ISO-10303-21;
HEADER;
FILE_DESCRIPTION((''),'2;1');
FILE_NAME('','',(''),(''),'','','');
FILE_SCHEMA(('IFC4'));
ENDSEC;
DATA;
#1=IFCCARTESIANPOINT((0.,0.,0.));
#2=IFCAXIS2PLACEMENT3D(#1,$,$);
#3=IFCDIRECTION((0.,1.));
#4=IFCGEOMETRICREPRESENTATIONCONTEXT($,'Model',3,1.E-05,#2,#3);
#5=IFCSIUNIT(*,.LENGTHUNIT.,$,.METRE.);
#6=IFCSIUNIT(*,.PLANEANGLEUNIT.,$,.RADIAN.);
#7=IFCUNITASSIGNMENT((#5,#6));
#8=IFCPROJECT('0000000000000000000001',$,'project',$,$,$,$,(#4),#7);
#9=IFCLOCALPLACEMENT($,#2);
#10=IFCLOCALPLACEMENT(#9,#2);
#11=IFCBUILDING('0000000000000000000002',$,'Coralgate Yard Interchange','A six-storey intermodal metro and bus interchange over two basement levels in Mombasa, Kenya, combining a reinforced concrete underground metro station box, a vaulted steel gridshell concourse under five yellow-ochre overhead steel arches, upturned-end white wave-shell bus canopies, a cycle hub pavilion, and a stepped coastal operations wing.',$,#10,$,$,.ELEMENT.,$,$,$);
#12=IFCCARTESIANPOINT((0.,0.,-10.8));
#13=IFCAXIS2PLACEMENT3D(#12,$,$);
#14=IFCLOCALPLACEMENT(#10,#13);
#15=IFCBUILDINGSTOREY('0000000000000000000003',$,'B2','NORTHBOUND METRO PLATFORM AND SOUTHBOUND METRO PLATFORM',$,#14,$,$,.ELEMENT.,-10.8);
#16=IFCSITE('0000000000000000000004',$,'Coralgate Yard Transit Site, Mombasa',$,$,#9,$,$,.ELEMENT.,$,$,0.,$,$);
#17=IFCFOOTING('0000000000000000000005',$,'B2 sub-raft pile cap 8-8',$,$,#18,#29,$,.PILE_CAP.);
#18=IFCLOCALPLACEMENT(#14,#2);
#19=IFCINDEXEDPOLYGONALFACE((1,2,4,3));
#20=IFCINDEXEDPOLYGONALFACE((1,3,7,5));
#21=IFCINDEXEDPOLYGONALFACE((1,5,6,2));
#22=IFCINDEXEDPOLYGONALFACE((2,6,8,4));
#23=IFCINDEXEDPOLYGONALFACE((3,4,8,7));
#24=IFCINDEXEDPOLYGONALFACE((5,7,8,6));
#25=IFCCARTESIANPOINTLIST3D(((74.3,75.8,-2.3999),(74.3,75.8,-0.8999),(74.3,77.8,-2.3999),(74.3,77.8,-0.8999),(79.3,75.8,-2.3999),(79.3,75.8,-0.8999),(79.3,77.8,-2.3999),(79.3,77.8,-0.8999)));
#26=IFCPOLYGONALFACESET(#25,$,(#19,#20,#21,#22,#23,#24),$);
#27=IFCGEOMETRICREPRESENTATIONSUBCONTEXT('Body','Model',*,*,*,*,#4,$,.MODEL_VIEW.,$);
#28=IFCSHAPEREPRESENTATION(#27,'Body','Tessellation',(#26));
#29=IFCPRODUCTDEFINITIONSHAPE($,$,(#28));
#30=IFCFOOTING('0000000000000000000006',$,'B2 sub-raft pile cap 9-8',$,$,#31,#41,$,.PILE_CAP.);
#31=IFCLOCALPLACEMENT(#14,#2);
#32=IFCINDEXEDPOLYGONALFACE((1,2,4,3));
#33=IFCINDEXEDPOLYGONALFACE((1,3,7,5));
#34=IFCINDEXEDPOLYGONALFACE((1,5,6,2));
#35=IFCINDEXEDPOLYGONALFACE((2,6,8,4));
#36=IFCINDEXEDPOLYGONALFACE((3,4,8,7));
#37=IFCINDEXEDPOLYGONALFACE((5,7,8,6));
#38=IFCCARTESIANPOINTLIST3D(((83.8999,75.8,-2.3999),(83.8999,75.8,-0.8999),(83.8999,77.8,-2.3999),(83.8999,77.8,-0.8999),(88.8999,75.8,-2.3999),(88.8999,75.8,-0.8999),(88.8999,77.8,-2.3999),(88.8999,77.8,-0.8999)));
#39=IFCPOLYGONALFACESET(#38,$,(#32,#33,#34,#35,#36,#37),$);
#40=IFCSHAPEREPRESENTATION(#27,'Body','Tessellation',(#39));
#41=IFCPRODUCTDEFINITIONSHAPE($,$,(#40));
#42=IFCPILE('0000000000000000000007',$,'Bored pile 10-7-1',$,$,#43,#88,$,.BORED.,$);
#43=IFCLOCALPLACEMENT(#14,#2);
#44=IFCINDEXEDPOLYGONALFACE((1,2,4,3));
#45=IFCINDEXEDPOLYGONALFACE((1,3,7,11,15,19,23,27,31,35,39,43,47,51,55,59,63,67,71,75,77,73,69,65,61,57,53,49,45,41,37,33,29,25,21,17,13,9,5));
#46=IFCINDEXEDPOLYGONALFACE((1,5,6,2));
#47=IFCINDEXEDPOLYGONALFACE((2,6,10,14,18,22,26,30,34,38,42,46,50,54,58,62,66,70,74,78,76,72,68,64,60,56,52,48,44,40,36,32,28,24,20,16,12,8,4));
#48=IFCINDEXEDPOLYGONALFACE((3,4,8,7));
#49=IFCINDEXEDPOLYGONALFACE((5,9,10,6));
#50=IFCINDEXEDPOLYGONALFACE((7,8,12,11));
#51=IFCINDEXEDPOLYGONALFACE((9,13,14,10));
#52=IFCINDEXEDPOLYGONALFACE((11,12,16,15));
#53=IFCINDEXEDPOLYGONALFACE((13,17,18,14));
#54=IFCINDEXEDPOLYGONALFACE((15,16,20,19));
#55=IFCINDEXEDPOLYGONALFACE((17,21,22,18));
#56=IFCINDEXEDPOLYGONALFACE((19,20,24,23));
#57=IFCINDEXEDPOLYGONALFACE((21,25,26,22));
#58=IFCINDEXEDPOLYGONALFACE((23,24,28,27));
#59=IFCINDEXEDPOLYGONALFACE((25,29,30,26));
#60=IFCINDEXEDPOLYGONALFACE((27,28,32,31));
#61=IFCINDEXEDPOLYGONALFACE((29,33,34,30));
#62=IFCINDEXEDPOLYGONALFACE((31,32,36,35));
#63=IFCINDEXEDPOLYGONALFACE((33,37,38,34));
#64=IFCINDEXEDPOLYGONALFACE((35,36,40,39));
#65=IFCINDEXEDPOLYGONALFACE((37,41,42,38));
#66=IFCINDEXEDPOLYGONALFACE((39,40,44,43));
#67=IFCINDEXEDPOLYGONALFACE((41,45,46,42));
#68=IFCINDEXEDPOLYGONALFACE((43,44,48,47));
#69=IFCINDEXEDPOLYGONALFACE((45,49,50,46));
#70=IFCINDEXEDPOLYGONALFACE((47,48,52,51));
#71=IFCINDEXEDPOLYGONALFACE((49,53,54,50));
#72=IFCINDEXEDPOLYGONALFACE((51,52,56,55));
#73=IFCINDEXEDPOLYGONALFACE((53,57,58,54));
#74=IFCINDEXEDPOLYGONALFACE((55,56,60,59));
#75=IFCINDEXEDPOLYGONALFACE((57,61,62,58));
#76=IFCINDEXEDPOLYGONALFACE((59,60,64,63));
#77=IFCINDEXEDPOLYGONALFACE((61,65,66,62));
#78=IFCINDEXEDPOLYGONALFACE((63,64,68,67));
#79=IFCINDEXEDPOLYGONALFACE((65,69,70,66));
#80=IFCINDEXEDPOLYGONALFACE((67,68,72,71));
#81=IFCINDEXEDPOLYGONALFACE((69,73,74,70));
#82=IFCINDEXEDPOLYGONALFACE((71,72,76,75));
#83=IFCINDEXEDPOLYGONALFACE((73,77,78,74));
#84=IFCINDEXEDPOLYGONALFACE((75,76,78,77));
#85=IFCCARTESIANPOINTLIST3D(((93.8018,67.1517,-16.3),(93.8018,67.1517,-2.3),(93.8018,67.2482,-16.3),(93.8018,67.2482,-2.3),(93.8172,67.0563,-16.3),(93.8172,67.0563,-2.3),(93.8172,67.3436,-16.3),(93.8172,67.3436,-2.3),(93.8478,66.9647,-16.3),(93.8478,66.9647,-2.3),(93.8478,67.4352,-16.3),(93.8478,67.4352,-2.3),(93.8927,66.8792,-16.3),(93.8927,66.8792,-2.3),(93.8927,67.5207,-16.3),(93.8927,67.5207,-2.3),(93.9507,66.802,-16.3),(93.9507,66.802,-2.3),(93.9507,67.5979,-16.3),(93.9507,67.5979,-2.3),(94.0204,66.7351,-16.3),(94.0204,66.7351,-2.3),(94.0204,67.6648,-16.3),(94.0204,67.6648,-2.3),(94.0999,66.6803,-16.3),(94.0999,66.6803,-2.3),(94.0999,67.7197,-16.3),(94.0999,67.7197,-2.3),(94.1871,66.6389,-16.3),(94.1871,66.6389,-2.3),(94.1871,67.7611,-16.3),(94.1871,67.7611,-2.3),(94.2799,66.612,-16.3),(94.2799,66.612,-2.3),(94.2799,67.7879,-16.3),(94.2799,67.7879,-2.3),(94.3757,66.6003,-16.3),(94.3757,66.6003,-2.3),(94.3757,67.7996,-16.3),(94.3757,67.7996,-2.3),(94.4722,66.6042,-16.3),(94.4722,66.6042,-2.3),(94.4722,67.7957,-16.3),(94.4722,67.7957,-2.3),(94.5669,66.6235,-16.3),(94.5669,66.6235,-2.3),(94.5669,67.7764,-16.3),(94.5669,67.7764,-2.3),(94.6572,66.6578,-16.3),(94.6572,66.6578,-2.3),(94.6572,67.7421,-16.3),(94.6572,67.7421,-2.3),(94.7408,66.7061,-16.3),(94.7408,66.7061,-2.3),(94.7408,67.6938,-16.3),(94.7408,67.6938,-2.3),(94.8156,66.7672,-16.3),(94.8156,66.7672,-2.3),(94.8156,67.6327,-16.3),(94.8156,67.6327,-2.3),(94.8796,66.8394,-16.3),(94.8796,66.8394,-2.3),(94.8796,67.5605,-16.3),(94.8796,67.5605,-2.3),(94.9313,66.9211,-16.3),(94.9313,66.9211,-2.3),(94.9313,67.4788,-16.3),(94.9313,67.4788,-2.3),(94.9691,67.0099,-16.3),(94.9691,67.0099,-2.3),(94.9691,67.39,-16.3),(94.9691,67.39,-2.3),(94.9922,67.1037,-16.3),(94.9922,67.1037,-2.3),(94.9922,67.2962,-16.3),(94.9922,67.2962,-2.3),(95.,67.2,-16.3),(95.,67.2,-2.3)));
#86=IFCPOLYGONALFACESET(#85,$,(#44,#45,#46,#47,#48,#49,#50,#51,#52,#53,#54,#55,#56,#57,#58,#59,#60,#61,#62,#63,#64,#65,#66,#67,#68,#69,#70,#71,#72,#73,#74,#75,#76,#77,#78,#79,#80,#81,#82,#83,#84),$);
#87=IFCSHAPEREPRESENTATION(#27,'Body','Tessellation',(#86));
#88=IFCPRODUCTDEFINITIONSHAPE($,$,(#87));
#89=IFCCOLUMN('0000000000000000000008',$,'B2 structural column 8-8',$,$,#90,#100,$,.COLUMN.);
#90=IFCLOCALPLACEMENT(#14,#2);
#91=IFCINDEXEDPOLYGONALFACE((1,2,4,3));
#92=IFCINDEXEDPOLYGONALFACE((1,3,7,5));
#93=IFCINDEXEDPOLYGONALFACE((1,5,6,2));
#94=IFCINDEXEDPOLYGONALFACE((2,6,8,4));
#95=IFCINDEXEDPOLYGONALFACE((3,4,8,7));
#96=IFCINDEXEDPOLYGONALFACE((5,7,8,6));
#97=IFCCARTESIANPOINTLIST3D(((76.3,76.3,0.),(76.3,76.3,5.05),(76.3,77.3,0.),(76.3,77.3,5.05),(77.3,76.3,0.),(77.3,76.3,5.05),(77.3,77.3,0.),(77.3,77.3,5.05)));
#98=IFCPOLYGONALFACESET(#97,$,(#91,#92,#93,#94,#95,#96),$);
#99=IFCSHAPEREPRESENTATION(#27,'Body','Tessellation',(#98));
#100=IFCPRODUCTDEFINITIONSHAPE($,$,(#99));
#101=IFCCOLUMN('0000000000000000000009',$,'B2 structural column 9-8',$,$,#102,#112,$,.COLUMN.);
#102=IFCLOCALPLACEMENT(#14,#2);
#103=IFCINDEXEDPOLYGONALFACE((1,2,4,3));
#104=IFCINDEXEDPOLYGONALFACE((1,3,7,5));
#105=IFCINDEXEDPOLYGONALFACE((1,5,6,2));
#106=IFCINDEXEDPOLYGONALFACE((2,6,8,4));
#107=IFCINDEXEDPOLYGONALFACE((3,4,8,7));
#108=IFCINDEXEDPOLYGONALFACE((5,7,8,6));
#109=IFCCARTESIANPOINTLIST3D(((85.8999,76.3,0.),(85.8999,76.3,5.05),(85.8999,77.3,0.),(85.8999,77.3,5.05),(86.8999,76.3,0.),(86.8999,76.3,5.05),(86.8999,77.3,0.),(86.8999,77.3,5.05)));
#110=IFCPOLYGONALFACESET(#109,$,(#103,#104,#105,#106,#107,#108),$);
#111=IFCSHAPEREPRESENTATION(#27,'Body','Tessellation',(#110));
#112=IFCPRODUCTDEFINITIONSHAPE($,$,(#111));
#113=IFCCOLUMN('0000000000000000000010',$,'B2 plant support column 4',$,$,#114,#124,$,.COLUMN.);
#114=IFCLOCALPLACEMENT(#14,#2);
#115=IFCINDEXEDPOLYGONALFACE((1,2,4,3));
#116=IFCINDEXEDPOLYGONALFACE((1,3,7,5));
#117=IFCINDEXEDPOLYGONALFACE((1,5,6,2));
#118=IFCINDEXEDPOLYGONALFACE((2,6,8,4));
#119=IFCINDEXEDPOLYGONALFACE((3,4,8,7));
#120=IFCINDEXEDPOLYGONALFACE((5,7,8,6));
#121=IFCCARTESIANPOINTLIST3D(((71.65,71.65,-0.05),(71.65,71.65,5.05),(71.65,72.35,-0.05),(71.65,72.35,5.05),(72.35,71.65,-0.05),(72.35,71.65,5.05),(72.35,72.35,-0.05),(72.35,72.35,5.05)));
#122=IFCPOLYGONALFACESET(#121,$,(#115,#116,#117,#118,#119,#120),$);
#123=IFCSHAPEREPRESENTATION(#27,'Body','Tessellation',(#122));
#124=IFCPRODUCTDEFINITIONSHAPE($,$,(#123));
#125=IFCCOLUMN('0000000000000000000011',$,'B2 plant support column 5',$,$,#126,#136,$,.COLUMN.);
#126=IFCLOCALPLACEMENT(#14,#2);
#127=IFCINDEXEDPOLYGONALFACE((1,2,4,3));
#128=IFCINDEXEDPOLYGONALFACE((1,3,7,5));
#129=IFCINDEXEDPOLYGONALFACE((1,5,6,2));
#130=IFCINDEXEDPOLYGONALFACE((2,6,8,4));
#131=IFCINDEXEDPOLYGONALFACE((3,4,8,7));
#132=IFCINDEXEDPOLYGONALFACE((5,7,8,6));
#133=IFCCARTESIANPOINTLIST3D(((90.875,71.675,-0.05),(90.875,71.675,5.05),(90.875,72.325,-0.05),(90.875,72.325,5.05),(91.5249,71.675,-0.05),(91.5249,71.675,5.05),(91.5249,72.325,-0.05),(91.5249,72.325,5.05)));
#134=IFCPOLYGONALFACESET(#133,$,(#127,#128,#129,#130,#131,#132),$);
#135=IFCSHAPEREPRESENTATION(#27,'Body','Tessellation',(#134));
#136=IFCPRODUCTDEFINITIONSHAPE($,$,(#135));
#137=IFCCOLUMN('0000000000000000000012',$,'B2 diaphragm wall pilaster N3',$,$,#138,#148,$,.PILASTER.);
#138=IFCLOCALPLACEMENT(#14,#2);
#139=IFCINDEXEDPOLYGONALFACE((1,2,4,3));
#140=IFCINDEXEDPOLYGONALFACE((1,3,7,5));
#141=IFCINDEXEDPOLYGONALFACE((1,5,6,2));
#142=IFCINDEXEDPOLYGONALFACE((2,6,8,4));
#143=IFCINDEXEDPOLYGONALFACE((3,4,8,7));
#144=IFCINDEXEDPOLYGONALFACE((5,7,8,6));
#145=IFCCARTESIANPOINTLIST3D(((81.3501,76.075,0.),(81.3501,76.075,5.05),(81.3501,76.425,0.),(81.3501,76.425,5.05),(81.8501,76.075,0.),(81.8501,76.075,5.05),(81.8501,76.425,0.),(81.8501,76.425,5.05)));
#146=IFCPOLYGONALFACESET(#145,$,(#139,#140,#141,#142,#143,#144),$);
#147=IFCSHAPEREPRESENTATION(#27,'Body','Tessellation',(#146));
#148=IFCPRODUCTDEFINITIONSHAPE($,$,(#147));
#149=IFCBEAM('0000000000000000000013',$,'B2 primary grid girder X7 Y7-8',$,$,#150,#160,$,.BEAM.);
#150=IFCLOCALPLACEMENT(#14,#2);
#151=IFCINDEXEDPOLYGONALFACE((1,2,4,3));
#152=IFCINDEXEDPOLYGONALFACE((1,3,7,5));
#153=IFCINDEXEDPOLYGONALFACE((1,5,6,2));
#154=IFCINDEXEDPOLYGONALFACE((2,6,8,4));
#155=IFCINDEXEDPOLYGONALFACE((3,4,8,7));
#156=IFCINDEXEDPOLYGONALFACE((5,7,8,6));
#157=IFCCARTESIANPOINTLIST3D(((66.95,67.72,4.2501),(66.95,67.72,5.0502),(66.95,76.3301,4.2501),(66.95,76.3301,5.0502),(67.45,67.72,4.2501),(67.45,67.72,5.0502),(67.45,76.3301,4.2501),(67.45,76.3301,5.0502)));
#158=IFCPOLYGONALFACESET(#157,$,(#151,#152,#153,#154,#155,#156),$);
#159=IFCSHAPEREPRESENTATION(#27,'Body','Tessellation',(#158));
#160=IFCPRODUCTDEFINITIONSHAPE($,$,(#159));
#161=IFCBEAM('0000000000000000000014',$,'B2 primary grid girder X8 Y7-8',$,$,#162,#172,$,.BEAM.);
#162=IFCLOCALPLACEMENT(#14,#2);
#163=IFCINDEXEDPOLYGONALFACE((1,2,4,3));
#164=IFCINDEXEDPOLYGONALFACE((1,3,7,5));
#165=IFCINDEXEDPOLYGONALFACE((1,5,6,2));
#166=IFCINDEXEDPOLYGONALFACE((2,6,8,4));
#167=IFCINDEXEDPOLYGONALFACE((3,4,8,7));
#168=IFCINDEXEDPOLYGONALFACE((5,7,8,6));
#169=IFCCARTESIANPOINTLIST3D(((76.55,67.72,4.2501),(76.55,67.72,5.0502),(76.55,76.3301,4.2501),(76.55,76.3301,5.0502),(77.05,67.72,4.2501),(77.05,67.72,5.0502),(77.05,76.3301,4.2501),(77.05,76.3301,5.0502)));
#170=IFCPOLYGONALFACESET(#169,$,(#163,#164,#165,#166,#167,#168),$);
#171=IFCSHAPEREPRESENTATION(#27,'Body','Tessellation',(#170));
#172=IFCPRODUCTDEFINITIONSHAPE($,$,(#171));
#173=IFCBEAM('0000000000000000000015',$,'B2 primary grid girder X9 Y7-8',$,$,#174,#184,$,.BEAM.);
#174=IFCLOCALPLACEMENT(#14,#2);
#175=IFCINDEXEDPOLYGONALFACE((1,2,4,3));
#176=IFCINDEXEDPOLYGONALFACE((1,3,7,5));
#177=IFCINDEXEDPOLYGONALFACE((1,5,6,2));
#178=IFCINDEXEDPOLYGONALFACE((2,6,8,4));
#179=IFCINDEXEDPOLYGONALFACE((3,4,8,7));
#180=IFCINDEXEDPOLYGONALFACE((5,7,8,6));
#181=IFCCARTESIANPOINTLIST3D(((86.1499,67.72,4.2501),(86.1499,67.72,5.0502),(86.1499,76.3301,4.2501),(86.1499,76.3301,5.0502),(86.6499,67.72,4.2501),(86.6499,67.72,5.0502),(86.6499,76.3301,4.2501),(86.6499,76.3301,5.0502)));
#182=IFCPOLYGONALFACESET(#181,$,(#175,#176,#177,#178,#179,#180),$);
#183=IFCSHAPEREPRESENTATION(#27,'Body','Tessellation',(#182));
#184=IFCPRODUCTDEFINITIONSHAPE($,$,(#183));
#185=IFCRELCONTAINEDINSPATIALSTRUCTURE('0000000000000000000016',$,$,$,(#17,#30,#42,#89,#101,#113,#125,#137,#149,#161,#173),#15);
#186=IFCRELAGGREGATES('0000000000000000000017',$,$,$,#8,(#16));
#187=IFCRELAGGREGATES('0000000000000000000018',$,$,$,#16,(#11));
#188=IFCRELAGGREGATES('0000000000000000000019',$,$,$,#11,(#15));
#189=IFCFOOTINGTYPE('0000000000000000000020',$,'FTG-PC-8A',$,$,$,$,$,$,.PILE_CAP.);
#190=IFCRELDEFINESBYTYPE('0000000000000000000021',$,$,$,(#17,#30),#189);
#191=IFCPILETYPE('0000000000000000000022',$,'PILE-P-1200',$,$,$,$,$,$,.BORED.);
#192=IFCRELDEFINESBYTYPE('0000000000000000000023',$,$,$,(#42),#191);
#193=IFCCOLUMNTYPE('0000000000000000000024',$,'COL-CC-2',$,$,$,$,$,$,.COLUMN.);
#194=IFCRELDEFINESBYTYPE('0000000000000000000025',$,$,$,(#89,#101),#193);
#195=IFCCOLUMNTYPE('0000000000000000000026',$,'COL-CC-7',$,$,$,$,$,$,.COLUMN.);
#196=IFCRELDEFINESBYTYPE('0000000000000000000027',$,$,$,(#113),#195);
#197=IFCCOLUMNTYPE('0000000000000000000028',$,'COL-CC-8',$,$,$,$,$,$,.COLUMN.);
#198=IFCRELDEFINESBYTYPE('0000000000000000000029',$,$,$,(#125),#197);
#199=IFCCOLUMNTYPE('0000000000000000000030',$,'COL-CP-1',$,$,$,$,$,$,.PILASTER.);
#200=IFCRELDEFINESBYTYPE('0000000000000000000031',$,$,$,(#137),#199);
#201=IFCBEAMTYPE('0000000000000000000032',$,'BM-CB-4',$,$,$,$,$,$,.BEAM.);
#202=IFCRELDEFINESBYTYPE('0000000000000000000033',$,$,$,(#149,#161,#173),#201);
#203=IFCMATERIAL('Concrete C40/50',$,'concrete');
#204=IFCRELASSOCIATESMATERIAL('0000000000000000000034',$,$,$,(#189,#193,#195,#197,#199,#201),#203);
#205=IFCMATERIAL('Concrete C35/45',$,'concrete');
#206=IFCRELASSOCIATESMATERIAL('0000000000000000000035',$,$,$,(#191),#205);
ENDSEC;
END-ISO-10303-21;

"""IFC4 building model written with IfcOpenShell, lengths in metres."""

from ifc_helpers import new_model, si_unit, direction, frame, origin, origin_2d, place, context, subcontext, project, spatial, rectangle, circle, extrude, material, material_profile, profile_set, type_object, element, save


model = new_model("IFC4")

# Units and contexts
model_context = context("Model", 3, precision=1e-05, world=origin(), true_north=direction((0.0, 1.0)))
body_context = subcontext(model_context, "Body", "Model", "MODEL_VIEW")
ifc_project = project(units=[si_unit("LENGTHUNIT", "METRE"), si_unit("PLANEANGLEUNIT", "RADIAN")], contexts=[model_context])

# Site, building, storey
site_placement = place(None, origin())
site = spatial("IfcSite", under=ifc_project, at=site_placement, Name="Coralgate Yard Transit Site, Mombasa", CompositionType="ELEMENT", RefElevation=0.0)
building_placement = place(site_placement, origin())
building = spatial("IfcBuilding", under=site, at=building_placement, Name="Coralgate Yard Interchange", Description="A six-storey intermodal metro and bus interchange over two basement levels in Mombasa, Kenya, combining a reinforced concrete underground metro station box, a vaulted steel gridshell concourse under five yellow-ochre overhead steel arches, upturned-end white wave-shell bus canopies, a cycle hub pavilion, and a stepped coastal operations wing.", CompositionType="ELEMENT")
storey_placement = place(building_placement, frame((0.0, 0.0, -10.8)))
storey = spatial("IfcBuildingStorey", under=building, at=storey_placement, Name="B2", Description="NORTHBOUND METRO PLATFORM AND SOUTHBOUND METRO PLATFORM", CompositionType="ELEMENT", Elevation=-10.8)

# Footings
ifc_material_1 = material(Name="Concrete C40/50", Category="concrete")
footing_type = type_object("IfcFootingType", Name="FTG-PC-8A", PredefinedType="PILE_CAP", material=ifc_material_1)
for number, where, z_axis, x_axis, name in (
    (1, (76.8, 76.8, -2.3999), (0.0, 0.0, 1.0), (1.0, 0.0, 0.0), "B2 sub-raft pile cap 8-8"),
    (2, (86.3999, 76.8, -2.3999), (0.0, 0.0, 1.0), (1.0, 0.0, 0.0), "B2 sub-raft pile cap 9-8"),
):
    element("IfcFooting", number, at=place(storey_placement, frame(where, z_axis=z_axis, x_axis=x_axis)), inside=storey, type_object=footing_type, Name=name, PredefinedType="PILE_CAP", context=body_context, shape_type="SweptSolid", body=[
        extrude(rectangle(XDim=5.0, YDim=2.0, at=origin_2d()), origin(), (0.0, 0.0, 1.0), 1.5),
    ])

# Pile
ifc_material_2 = material(Name="Concrete C35/45", Category="concrete")
ifc_material_profile_1 = material_profile(ifc_material_2, circle(Radius=0.6001, at=origin_2d()), Name="BORED PILE D1200")
ifc_profile_set_1 = profile_set([ifc_material_profile_1], Name="Concrete C35/45")
pile_type = type_object("IfcPileType", Name="PILE-P-1200", PredefinedType="BORED", material=ifc_profile_set_1)
pile_placement = place(storey_placement, frame((94.3999, 67.2, -2.3), z_axis=(0.0, 0.0, -1.0), x_axis=(1.0, 0.0, 0.0)))
element("IfcPile", 3, at=pile_placement, inside=storey, type_object=pile_type, Name="Bored pile 10-7-1", PredefinedType="BORED", context=body_context, shape_type="SweptSolid", body=[
    extrude(circle(Radius=0.6001, at=origin_2d()), origin(), (0.0, 0.0, 1.0), 14.0),
])

# Columns
ifc_material_profile_2 = material_profile(ifc_material_1, rectangle(XDim=1.0, YDim=1.0, at=origin_2d()), Name="RC 1000x1000")
ifc_profile_set_2 = profile_set([ifc_material_profile_2], Name="Concrete C40/50")
column_type_1 = type_object("IfcColumnType", Name="COL-CC-2", PredefinedType="COLUMN", material=ifc_profile_set_2)
for number, where, z_axis, x_axis, name in (
    (4, (76.8, 76.8, 0.0), (0.0, 0.0, 1.0), (1.0, 0.0, 0.0), "B2 structural column 8-8"),
    (5, (86.3999, 76.8, 0.0), (0.0, 0.0, 1.0), (1.0, 0.0, 0.0), "B2 structural column 9-8"),
):
    element("IfcColumn", number, at=place(storey_placement, frame(where, z_axis=z_axis, x_axis=x_axis)), inside=storey, type_object=column_type_1, Name=name, PredefinedType="COLUMN", context=body_context, shape_type="SweptSolid", body=[
        extrude(rectangle(XDim=1.0, YDim=1.0, at=origin_2d()), origin(), (0.0, 0.0, 1.0), 5.05),
    ])
ifc_material_profile_3 = material_profile(ifc_material_1, rectangle(XDim=0.7, YDim=0.7, at=origin_2d()), Name="RC 700x700")
ifc_profile_set_3 = profile_set([ifc_material_profile_3], Name="Concrete C40/50")
column_type_2 = type_object("IfcColumnType", Name="COL-CC-7", PredefinedType="COLUMN", material=ifc_profile_set_3)
column_1_placement = place(storey_placement, frame((72.0, 72.0, -0.05), z_axis=(0.0, 0.0, 1.0), x_axis=(1.0, 0.0, 0.0)))
element("IfcColumn", 6, at=column_1_placement, inside=storey, type_object=column_type_2, Name="B2 plant support column 4", PredefinedType="COLUMN", context=body_context, shape_type="SweptSolid", body=[
    extrude(rectangle(XDim=0.7, YDim=0.7, at=origin_2d()), origin(), (0.0, 0.0, 1.0), 5.1001),
])
ifc_material_profile_4 = material_profile(ifc_material_1, rectangle(XDim=0.6499, YDim=0.6499, at=origin_2d()), Name="RC 650x650")
ifc_profile_set_4 = profile_set([ifc_material_profile_4], Name="Concrete C40/50")
column_type_3 = type_object("IfcColumnType", Name="COL-CC-8", PredefinedType="COLUMN", material=ifc_profile_set_4)
column_2_placement = place(storey_placement, frame((91.2, 72.0, -0.05), z_axis=(0.0, 0.0, 1.0), x_axis=(1.0, 0.0, 0.0)))
element("IfcColumn", 7, at=column_2_placement, inside=storey, type_object=column_type_3, Name="B2 plant support column 5", PredefinedType="COLUMN", context=body_context, shape_type="SweptSolid", body=[
    extrude(rectangle(XDim=0.6499, YDim=0.6499, at=origin_2d()), origin(), (0.0, 0.0, 1.0), 5.1001),
])
ifc_material_profile_5 = material_profile(ifc_material_1, rectangle(XDim=0.5, YDim=0.3501, at=origin_2d()), Name="RC 500x350")
ifc_profile_set_5 = profile_set([ifc_material_profile_5], Name="Concrete C40/50")
column_type_4 = type_object("IfcColumnType", Name="COL-CP-1", PredefinedType="PILASTER", material=ifc_profile_set_5)
column_3_placement = place(storey_placement, frame((81.6001, 76.25, 0.0), z_axis=(0.0, 0.0, 1.0), x_axis=(1.0, 0.0, 0.0)))
element("IfcColumn", 8, at=column_3_placement, inside=storey, type_object=column_type_4, Name="B2 diaphragm wall pilaster N3", PredefinedType="PILASTER", context=body_context, shape_type="SweptSolid", body=[
    extrude(rectangle(XDim=0.5, YDim=0.3501, at=origin_2d()), origin(), (0.0, 0.0, 1.0), 5.05),
])

# Beams
ifc_material_profile_6 = material_profile(ifc_material_1, rectangle(XDim=0.5, YDim=0.8, at=origin_2d()), Name="RC 500x800")
ifc_profile_set_6 = profile_set([ifc_material_profile_6], Name="Concrete C40/50")
beam_type_1 = type_object("IfcBeamType", Name="BM-CB-4", PredefinedType="BEAM", material=ifc_profile_set_6)
for number, where, z_axis, x_axis, name in (
    (9, (67.2, 67.72, 4.6501), (0.0, 1.0, 0.0), (-1.0, 0.0, 0.0), "B2 primary grid girder X7 Y7-8"),
    (10, (76.8, 67.72, 4.6501), (0.0, 1.0, 0.0), (-1.0, 0.0, 0.0), "B2 primary grid girder X8 Y7-8"),
    (11, (86.3999, 67.72, 4.6501), (0.0, 1.0, 0.0), (-1.0, 0.0, 0.0), "B2 primary grid girder X9 Y7-8"),
):
    element("IfcBeam", number, at=place(storey_placement, frame(where, z_axis=z_axis, x_axis=x_axis)), inside=storey, type_object=beam_type_1, Name=name, PredefinedType="BEAM", context=body_context, shape_type="SweptSolid", body=[
        extrude(rectangle(XDim=0.5, YDim=0.8, at=origin_2d()), origin(), (0.0, 0.0, 1.0), 8.6101),
    ])

save(model, "model.ifc")
